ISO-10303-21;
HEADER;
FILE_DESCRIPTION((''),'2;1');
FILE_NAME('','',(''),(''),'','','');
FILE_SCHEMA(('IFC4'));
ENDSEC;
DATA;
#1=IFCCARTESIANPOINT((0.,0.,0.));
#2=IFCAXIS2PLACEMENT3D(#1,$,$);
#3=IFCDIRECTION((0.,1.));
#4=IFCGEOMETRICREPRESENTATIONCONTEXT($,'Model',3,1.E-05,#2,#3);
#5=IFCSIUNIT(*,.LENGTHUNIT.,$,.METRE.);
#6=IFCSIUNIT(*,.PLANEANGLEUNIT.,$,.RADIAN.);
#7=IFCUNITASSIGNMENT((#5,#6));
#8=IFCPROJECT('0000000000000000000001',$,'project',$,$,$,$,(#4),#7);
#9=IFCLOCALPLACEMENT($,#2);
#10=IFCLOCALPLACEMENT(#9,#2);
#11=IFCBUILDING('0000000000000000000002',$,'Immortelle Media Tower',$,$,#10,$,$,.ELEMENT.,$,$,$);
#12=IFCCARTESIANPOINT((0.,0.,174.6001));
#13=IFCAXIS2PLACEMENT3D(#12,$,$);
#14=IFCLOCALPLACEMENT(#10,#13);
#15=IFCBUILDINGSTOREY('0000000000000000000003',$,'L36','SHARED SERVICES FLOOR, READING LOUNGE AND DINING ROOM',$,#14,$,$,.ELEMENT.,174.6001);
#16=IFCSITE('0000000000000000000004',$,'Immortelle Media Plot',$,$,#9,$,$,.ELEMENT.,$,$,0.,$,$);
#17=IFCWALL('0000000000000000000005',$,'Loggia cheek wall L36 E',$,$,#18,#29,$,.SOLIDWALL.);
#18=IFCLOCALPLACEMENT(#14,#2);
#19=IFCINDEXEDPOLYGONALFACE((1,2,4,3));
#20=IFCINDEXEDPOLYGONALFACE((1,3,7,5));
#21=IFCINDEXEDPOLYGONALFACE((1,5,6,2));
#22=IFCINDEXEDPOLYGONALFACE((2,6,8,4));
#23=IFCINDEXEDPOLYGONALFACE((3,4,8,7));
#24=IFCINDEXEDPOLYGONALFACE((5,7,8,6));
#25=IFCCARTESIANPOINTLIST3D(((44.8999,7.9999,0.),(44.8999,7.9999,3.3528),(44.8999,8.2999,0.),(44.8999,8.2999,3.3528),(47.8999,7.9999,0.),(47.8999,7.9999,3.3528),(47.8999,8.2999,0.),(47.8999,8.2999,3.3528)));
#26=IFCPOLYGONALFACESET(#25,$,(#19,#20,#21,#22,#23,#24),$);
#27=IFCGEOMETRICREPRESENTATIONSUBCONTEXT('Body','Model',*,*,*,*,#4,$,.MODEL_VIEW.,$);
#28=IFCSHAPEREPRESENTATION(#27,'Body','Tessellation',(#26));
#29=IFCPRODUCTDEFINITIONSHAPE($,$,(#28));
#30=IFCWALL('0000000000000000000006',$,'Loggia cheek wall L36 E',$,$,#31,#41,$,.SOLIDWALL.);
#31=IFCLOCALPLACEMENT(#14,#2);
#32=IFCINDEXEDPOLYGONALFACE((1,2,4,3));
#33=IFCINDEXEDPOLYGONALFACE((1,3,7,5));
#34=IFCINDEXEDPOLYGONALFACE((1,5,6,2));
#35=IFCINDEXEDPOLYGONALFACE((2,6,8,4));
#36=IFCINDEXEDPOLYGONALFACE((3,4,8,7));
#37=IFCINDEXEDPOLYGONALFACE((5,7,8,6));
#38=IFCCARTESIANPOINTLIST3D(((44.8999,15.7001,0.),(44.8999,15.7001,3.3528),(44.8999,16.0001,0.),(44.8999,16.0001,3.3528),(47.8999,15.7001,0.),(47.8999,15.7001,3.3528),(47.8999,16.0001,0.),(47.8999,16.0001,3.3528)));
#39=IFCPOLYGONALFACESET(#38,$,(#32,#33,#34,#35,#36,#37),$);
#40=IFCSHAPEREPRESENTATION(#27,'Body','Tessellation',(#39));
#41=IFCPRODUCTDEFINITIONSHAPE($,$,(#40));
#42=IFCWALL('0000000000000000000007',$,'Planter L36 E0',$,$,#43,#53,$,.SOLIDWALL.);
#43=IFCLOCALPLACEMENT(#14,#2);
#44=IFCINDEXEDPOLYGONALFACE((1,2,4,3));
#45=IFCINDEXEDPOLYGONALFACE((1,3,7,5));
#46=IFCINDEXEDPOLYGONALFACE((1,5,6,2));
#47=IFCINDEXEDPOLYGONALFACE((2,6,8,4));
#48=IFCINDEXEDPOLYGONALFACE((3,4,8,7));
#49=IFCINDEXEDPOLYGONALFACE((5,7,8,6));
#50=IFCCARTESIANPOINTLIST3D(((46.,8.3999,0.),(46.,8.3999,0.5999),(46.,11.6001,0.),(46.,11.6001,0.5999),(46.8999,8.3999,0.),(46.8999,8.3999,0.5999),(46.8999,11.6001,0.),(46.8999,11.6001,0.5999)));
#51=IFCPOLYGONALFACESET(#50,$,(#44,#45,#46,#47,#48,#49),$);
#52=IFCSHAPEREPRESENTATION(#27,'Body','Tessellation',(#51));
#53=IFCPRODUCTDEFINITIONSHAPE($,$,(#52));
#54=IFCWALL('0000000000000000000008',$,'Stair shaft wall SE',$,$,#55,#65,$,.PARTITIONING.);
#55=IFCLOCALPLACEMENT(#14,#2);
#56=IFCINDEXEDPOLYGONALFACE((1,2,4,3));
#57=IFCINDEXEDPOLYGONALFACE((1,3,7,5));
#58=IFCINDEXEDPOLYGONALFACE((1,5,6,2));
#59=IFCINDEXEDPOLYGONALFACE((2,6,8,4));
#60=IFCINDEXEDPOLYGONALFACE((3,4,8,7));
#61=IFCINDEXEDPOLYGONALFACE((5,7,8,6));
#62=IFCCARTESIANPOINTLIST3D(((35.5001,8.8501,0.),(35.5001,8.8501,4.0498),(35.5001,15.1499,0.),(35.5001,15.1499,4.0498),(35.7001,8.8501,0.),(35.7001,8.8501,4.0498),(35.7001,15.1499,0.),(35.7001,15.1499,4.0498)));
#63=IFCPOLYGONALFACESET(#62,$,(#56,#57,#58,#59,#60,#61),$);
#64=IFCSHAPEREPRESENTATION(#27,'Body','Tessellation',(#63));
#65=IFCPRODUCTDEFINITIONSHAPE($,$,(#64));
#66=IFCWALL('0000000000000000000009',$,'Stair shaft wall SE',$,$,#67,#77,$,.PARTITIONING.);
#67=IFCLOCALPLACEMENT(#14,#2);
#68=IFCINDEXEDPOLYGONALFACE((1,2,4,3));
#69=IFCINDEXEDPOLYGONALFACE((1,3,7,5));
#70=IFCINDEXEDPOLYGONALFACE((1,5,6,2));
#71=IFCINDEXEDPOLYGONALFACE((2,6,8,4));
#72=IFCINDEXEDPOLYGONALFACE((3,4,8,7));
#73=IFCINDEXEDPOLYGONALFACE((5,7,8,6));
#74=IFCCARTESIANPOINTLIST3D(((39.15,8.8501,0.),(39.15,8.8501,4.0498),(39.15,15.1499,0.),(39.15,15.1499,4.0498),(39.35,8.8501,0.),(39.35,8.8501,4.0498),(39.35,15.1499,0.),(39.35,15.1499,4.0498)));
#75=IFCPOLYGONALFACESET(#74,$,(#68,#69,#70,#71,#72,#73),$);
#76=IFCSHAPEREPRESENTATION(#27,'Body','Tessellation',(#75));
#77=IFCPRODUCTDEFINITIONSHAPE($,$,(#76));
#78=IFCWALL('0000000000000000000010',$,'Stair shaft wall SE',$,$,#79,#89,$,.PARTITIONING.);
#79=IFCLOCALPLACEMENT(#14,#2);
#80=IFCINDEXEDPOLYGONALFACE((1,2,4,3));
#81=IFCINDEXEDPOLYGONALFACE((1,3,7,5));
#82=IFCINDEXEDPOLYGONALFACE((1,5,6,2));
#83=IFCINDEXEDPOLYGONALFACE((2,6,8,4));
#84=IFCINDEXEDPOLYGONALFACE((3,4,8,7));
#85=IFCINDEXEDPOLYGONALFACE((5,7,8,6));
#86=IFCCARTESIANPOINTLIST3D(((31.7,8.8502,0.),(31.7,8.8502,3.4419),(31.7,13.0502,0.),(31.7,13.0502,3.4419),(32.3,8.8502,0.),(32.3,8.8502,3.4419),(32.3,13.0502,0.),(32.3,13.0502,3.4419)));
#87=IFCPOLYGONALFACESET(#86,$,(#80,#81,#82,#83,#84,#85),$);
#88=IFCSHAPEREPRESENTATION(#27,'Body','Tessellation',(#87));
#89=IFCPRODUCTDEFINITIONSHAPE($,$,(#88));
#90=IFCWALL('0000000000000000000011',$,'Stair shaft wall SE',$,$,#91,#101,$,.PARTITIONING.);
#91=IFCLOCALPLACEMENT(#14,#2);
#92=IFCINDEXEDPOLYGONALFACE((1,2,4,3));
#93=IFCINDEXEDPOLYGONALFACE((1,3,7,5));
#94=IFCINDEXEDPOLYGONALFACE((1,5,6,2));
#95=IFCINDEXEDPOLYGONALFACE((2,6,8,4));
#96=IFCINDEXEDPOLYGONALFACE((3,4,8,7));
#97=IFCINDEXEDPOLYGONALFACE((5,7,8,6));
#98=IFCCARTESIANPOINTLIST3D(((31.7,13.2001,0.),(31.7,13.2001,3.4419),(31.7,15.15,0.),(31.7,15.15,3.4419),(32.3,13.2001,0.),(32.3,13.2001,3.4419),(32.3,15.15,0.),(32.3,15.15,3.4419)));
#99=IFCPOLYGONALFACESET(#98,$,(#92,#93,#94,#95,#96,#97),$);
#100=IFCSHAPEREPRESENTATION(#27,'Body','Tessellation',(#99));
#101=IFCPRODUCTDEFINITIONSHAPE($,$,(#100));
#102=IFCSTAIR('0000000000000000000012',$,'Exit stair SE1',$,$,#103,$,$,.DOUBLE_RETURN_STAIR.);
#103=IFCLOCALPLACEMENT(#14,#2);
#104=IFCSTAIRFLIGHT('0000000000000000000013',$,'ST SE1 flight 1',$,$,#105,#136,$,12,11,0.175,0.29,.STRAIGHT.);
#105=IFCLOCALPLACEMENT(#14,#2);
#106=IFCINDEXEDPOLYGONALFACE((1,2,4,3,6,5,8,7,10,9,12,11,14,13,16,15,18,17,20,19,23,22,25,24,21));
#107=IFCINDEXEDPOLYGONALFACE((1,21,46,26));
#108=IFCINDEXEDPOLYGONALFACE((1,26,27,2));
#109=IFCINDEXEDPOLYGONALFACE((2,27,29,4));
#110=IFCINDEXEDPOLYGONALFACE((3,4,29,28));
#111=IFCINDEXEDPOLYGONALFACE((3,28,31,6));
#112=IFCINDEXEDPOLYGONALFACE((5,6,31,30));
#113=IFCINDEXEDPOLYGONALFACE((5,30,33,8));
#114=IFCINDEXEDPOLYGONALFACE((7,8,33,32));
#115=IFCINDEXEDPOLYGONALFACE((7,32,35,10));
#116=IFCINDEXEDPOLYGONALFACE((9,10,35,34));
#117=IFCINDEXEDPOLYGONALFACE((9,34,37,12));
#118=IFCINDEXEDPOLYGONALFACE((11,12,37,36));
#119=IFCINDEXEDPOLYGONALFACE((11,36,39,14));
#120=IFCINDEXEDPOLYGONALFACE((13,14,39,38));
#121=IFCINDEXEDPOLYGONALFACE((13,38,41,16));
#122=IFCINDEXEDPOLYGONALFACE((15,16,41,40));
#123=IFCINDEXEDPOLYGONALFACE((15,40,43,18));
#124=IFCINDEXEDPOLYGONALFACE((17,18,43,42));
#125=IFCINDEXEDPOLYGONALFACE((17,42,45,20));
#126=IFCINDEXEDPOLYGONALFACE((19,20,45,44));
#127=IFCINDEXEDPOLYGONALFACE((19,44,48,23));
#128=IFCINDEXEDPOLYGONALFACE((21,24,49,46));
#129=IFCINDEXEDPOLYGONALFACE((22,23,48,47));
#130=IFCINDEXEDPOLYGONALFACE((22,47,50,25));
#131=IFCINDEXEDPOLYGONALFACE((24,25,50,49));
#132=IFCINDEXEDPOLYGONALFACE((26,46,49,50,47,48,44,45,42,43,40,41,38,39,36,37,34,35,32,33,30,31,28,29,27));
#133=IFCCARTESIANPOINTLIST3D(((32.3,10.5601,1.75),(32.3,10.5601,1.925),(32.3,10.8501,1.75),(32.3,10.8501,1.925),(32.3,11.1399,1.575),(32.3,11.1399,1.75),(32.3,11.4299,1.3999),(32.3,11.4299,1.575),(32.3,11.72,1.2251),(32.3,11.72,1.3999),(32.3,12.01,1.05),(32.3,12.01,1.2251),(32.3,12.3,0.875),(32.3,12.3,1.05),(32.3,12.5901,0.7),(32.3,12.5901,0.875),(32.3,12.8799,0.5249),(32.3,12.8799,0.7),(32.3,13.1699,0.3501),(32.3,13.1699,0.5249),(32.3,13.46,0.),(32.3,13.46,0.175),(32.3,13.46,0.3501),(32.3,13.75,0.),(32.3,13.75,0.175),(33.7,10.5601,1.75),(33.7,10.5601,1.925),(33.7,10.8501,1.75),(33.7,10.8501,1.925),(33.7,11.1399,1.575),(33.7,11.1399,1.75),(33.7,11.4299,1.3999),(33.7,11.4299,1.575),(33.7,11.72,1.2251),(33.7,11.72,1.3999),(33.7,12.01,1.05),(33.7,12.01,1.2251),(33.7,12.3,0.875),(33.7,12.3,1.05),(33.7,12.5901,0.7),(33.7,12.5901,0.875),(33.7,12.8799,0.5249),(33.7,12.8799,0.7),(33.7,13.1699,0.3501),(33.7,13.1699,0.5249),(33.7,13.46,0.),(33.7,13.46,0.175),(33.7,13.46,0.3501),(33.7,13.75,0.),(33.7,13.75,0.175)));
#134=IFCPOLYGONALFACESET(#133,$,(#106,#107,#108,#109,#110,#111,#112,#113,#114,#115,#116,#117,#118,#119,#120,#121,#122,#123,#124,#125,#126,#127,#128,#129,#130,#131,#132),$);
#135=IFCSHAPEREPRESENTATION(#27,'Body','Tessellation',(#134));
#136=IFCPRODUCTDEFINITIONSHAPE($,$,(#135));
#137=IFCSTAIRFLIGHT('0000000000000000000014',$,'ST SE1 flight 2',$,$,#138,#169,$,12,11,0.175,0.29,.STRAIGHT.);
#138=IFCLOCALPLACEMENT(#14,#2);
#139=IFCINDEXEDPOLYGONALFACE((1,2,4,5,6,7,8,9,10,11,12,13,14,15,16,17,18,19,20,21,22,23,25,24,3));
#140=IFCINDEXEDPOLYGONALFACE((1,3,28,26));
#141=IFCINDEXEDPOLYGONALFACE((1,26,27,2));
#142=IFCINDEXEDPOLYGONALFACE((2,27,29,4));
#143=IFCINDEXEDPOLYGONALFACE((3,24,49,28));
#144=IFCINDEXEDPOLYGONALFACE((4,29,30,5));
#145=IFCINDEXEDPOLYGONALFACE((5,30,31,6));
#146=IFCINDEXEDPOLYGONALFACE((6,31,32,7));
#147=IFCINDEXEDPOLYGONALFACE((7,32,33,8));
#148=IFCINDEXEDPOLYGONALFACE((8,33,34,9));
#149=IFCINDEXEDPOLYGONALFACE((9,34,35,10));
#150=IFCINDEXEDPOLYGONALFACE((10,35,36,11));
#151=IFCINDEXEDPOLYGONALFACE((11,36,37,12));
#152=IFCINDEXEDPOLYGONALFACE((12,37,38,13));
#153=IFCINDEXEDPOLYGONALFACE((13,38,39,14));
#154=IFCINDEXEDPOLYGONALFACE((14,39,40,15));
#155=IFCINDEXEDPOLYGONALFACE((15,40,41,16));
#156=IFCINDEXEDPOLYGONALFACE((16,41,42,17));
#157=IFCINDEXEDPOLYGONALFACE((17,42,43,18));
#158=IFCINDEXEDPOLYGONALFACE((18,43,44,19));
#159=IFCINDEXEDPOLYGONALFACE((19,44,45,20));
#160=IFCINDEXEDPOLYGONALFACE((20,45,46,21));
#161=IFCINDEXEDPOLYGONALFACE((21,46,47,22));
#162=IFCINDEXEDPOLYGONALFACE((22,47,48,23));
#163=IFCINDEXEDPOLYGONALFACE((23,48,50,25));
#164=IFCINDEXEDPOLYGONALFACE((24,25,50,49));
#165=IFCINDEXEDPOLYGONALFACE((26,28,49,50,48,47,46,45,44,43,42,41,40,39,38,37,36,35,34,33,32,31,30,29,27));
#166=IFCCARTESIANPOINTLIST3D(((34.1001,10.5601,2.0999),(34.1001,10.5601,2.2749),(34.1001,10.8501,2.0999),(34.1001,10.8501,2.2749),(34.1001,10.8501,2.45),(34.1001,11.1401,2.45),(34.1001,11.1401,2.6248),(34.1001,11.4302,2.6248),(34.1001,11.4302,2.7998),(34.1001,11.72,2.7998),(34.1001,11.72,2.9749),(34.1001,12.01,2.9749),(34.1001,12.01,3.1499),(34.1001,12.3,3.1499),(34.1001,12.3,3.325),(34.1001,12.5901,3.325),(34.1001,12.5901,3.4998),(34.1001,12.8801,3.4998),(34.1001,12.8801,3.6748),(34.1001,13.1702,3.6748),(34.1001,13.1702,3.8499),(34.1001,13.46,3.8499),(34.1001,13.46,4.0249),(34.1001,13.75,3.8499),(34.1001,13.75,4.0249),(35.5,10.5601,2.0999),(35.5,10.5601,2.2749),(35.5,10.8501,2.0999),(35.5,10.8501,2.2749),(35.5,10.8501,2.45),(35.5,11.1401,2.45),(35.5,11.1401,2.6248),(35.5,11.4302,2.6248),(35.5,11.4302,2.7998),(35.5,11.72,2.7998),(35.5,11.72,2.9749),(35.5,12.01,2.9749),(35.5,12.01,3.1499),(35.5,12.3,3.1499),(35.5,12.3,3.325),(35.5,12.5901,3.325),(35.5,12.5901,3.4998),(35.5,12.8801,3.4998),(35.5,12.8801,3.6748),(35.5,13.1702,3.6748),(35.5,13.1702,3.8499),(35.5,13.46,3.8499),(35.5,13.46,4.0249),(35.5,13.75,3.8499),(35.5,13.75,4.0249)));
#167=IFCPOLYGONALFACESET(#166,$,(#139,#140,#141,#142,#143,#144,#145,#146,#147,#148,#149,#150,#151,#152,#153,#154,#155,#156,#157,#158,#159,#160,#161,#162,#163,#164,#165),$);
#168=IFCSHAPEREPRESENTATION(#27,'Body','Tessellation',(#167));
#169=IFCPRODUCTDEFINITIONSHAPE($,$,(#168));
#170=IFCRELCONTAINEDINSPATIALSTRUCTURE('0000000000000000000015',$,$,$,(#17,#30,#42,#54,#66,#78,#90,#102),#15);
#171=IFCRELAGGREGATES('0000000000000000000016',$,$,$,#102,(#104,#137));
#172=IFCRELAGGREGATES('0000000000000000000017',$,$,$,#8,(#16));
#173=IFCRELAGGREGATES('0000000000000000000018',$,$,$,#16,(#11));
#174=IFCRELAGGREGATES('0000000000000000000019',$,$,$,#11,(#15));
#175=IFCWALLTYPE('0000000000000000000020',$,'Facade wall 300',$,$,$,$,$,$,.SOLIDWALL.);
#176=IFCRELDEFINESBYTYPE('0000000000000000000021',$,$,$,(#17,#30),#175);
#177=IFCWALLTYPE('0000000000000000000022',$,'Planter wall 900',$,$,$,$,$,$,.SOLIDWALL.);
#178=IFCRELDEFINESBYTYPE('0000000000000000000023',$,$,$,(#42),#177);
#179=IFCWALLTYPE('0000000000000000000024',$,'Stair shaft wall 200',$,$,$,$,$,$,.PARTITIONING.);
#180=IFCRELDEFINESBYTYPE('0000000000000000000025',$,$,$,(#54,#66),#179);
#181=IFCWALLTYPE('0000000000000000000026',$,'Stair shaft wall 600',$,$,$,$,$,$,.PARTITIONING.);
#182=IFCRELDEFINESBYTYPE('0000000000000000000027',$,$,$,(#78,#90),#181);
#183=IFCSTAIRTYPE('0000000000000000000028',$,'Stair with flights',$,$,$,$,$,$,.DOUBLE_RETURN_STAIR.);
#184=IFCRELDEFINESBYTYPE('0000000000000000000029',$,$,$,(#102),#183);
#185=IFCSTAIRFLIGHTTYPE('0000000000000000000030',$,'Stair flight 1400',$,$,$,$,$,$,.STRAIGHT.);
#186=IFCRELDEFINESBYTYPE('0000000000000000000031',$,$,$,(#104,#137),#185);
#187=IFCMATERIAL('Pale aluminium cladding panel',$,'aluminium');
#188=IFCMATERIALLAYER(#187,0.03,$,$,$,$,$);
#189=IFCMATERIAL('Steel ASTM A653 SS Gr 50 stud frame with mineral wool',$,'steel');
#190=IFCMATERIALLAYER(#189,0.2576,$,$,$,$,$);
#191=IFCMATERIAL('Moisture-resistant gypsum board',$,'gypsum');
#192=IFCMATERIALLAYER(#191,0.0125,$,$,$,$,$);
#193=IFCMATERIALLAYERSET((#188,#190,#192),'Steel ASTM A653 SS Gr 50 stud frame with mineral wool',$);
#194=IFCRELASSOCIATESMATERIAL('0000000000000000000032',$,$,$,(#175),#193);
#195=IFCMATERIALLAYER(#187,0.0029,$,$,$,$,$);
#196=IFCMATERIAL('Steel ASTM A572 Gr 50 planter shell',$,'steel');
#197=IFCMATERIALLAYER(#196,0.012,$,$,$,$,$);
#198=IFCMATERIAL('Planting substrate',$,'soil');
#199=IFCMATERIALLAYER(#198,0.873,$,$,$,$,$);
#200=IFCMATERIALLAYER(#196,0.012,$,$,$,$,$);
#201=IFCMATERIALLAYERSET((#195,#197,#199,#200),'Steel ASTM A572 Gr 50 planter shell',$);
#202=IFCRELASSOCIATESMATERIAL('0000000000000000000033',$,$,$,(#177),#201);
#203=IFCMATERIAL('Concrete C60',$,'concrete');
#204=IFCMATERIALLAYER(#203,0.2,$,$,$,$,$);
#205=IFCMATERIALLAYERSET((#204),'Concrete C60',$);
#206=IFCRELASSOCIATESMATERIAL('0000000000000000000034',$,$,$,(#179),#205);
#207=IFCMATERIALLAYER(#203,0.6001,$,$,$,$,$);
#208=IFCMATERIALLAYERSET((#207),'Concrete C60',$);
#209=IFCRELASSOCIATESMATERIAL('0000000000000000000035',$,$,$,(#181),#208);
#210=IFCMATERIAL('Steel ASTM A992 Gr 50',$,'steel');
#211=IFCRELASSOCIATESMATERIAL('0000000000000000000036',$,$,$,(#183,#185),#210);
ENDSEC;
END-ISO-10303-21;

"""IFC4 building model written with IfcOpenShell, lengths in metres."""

from ifc_helpers import new_model, si_unit, direction, frame, frame_2d, origin, place, context, subcontext, project, spatial, polyline, rectangle, outline, extrude, material, layer, layer_set, type_object, element, aggregate, save


model = new_model("IFC4")

# Units and contexts
model_context = context("Model", 3, precision=1e-05, world=origin(), true_north=direction((0.0, 1.0)))
body_context = subcontext(model_context, "Body", "Model", "MODEL_VIEW")
ifc_project = project(units=[si_unit("LENGTHUNIT", "METRE"), si_unit("PLANEANGLEUNIT", "RADIAN")], contexts=[model_context])

# Site, building, storey
site_placement = place(None, origin())
site = spatial("IfcSite", under=ifc_project, at=site_placement, Name="Immortelle Media Plot", CompositionType="ELEMENT", RefElevation=0.0)
building_placement = place(site_placement, origin())
building = spatial("IfcBuilding", under=site, at=building_placement, Name="Immortelle Media Tower", CompositionType="ELEMENT")
storey_placement = place(building_placement, frame((0.0, 0.0, 174.6001)))
storey = spatial("IfcBuildingStorey", under=building, at=storey_placement, Name="L36", Description="SHARED SERVICES FLOOR, READING LOUNGE AND DINING ROOM", CompositionType="ELEMENT", Elevation=174.6001)

# Shared definitions
ifc_material_1 = material(Name="Steel ASTM A992 Gr 50", Category="steel")

# Shared definitions
ifc_material_2 = material(Name="Pale aluminium cladding panel", Category="aluminium")
ifc_layer_1 = layer(ifc_material_2, 0.03)
ifc_material_3 = material(Name="Steel ASTM A653 SS Gr 50 stud frame with mineral wool", Category="steel")
ifc_layer_2 = layer(ifc_material_3, 0.2576)
ifc_material_4 = material(Name="Moisture-resistant gypsum board", Category="gypsum")
ifc_layer_3 = layer(ifc_material_4, 0.0125)
ifc_layer_set_1 = layer_set([ifc_layer_1, ifc_layer_2, ifc_layer_3], Name="Steel ASTM A653 SS Gr 50 stud frame with mineral wool")
wall_type_1 = type_object("IfcWallType", Name="Facade wall 300", PredefinedType="SOLIDWALL", material=ifc_layer_set_1)

# Walls
for number, where, z_axis, x_axis, name in (
    (1, (47.8999, 8.1499, 0.0), (0.0, 0.0, 1.0), (-1.0, 0.0, 0.0), "Loggia cheek wall L36 E"),
    (2, (47.8999, 15.8501, 0.0), (0.0, 0.0, 1.0), (-1.0, 0.0, 0.0), "Loggia cheek wall L36 E"),
):
    element("IfcWall", number, at=place(storey_placement, frame(where, z_axis=z_axis, x_axis=x_axis)), inside=storey, type_object=wall_type_1, Name=name, PredefinedType="SOLIDWALL", context=body_context, shape_type="SweptSolid", body=[
        extrude(rectangle(XDim=3.0, YDim=0.3, at=frame_2d((1.5, 0.0))), origin(), (0.0, 0.0, 1.0), 3.3528),
    ])
ifc_layer_4 = layer(ifc_material_2, 0.0029)
ifc_material_5 = material(Name="Steel ASTM A572 Gr 50 planter shell", Category="steel")
ifc_layer_5 = layer(ifc_material_5, 0.012)
ifc_material_6 = material(Name="Planting substrate", Category="soil")
ifc_layer_6 = layer(ifc_material_6, 0.873)
ifc_layer_7 = layer(ifc_material_5, 0.012)
ifc_layer_set_2 = layer_set([ifc_layer_4, ifc_layer_5, ifc_layer_6, ifc_layer_7], Name="Steel ASTM A572 Gr 50 planter shell")
wall_type_2 = type_object("IfcWallType", Name="Planter wall 900", PredefinedType="SOLIDWALL", material=ifc_layer_set_2)
wall_1_placement = place(storey_placement, frame((46.45, 8.3999, 0.0), z_axis=(0.0, 0.0, 1.0), x_axis=(0.0, 1.0, 0.0)))
element("IfcWall", 3, at=wall_1_placement, inside=storey, type_object=wall_type_2, Name="Planter L36 E0", PredefinedType="SOLIDWALL", context=body_context, shape_type="SweptSolid", body=[
    extrude(rectangle(XDim=3.2002, YDim=0.8999, at=frame_2d((1.6001, 0.0))), origin(), (0.0, 0.0, 1.0), 0.5999),
])
ifc_material_7 = material(Name="Concrete C60", Category="concrete")
ifc_layer_8 = layer(ifc_material_7, 0.2)
ifc_layer_set_3 = layer_set([ifc_layer_8], Name="Concrete C60")
wall_type_3 = type_object("IfcWallType", Name="Stair shaft wall 200", PredefinedType="PARTITIONING", material=ifc_layer_set_3)
for number, where, z_axis, x_axis, name in (
    (4, (35.6001, 8.8501, 0.0), (0.0, 0.0, 1.0), (0.0, 1.0, 0.0), "Stair shaft wall SE"),
    (5, (39.25, 8.8501, 0.0), (0.0, 0.0, 1.0), (0.0, 1.0, 0.0), "Stair shaft wall SE"),
):
    element("IfcWall", number, at=place(storey_placement, frame(where, z_axis=z_axis, x_axis=x_axis)), inside=storey, type_object=wall_type_3, Name=name, PredefinedType="PARTITIONING", context=body_context, shape_type="SweptSolid", body=[
        extrude(rectangle(XDim=6.2998, YDim=0.2, at=frame_2d((3.1499, 0.0))), origin(), (0.0, 0.0, 1.0), 4.0498),
    ])
ifc_layer_9 = layer(ifc_material_7, 0.6001)
ifc_layer_set_4 = layer_set([ifc_layer_9], Name="Concrete C60")
wall_type_4 = type_object("IfcWallType", Name="Stair shaft wall 600", PredefinedType="PARTITIONING", material=ifc_layer_set_4)
wall_2_placement = place(storey_placement, frame((32.0, 8.8501, 0.0), z_axis=(0.0, 0.0, 1.0), x_axis=(0.0, 1.0, 0.0)))
element("IfcWall", 6, at=wall_2_placement, inside=storey, type_object=wall_type_4, Name="Stair shaft wall SE", PredefinedType="PARTITIONING", context=body_context, shape_type="SweptSolid", body=[
    extrude(rectangle(XDim=4.2, YDim=0.6001, at=frame_2d((2.1001, 0.0))), origin(), (0.0, 0.0, 1.0), 3.4419),
])
wall_3_placement = place(storey_placement, frame((32.0, 13.2, 0.0), z_axis=(0.0, 0.0, 1.0), x_axis=(0.0, 1.0, 0.0)))
element("IfcWall", 7, at=wall_3_placement, inside=storey, type_object=wall_type_4, Name="Stair shaft wall SE", PredefinedType="PARTITIONING", context=body_context, shape_type="SweptSolid", body=[
    extrude(rectangle(XDim=1.95, YDim=0.6001, at=frame_2d((0.9751, 0.0))), origin(), (0.0, 0.0, 1.0), 3.4419),
])

# Stair, stair flights
stair_type = type_object("IfcStairType", Name="Stair with flights", PredefinedType="DOUBLE_RETURN_STAIR", material=ifc_material_1)
stair_1_placement = place(storey_placement, origin())
stair_1 = element("IfcStair", 8, at=stair_1_placement, inside=storey, type_object=stair_type, Name="Exit stair SE1", PredefinedType="DOUBLE_RETURN_STAIR")
stair_flight_type = type_object("IfcStairFlightType", Name="Stair flight 1400", PredefinedType="STRAIGHT", material=ifc_material_1)
stair_flight_1_placement = place(storey_placement, frame((33.0, 13.75, 0.0), z_axis=(0.0, 0.0, 1.0), x_axis=(0.0, -1.0, 0.0)))
stair_flight_1 = element("IfcStairFlight", 9, at=stair_flight_1_placement, type_object=stair_flight_type, Name="ST SE1 flight 1", NumberOfRisers=12, NumberOfTreads=11, PredefinedType="STRAIGHT", RiserHeight=0.175, TreadLength=0.29, context=body_context, shape_type="SweptSolid", body=[
    extrude(outline(polyline([(0.0, 0.0), (0.0, 0.175), (0.29, 0.175), (0.29, 0.3501), (0.5801, 0.3501), (0.5801, 0.5249), (0.8701, 0.5249), (0.8701, 0.7), (1.1599, 0.7), (1.1599, 0.875), (1.45, 0.875), (1.45, 1.05), (1.74, 1.05), (1.74, 1.2251), (2.03, 1.2251), (2.03, 1.3999), (2.3201, 1.3999), (2.3201, 1.575), (2.6101, 1.575), (2.6101, 1.75), (2.8999, 1.75), (2.8999, 1.925), (3.1899, 1.925), (3.1899, 2.1001), (3.1899, 1.75), (0.29, 0.0), (0.0, 0.0)])), frame((0.0, 0.7, 0.0), z_axis=(0.0, -1.0, 0.0), x_axis=(1.0, 0.0, 0.0)), (0.0, 0.0, 1.0), 1.3999),
])
stair_flight_2_placement = place(storey_placement, frame((34.8, 10.5601, 2.0999), z_axis=(0.0, 0.0, 1.0), x_axis=(0.0, 1.0, 0.0)))
stair_flight_2 = element("IfcStairFlight", 10, at=stair_flight_2_placement, type_object=stair_flight_type, Name="ST SE1 flight 2", NumberOfRisers=12, NumberOfTreads=11, PredefinedType="STRAIGHT", RiserHeight=0.175, TreadLength=0.29, context=body_context, shape_type="SweptSolid", body=[
    extrude(outline(polyline([(0.0, 0.0), (0.0, 0.175), (0.29, 0.175), (0.29, 0.3501), (0.5801, 0.3501), (0.5801, 0.5249), (0.8701, 0.5249), (0.8701, 0.7), (1.1599, 0.7), (1.1599, 0.875), (1.45, 0.875), (1.45, 1.05), (1.74, 1.05), (1.74, 1.2251), (2.03, 1.2251), (2.03, 1.3999), (2.3201, 1.3999), (2.3201, 1.575), (2.6101, 1.575), (2.6101, 1.75), (2.8999, 1.75), (2.8999, 1.925), (3.1899, 1.925), (3.1899, 2.1001), (3.1899, 1.75), (0.29, 0.0), (0.0, 0.0)])), frame((0.0, 0.7, 0.0), z_axis=(0.0, -1.0, 0.0), x_axis=(1.0, 0.0, 0.0)), (0.0, 0.0, 1.0), 1.3999),
])
aggregate(stair_1, [stair_flight_1, stair_flight_2])

save(model, "model.ifc")
